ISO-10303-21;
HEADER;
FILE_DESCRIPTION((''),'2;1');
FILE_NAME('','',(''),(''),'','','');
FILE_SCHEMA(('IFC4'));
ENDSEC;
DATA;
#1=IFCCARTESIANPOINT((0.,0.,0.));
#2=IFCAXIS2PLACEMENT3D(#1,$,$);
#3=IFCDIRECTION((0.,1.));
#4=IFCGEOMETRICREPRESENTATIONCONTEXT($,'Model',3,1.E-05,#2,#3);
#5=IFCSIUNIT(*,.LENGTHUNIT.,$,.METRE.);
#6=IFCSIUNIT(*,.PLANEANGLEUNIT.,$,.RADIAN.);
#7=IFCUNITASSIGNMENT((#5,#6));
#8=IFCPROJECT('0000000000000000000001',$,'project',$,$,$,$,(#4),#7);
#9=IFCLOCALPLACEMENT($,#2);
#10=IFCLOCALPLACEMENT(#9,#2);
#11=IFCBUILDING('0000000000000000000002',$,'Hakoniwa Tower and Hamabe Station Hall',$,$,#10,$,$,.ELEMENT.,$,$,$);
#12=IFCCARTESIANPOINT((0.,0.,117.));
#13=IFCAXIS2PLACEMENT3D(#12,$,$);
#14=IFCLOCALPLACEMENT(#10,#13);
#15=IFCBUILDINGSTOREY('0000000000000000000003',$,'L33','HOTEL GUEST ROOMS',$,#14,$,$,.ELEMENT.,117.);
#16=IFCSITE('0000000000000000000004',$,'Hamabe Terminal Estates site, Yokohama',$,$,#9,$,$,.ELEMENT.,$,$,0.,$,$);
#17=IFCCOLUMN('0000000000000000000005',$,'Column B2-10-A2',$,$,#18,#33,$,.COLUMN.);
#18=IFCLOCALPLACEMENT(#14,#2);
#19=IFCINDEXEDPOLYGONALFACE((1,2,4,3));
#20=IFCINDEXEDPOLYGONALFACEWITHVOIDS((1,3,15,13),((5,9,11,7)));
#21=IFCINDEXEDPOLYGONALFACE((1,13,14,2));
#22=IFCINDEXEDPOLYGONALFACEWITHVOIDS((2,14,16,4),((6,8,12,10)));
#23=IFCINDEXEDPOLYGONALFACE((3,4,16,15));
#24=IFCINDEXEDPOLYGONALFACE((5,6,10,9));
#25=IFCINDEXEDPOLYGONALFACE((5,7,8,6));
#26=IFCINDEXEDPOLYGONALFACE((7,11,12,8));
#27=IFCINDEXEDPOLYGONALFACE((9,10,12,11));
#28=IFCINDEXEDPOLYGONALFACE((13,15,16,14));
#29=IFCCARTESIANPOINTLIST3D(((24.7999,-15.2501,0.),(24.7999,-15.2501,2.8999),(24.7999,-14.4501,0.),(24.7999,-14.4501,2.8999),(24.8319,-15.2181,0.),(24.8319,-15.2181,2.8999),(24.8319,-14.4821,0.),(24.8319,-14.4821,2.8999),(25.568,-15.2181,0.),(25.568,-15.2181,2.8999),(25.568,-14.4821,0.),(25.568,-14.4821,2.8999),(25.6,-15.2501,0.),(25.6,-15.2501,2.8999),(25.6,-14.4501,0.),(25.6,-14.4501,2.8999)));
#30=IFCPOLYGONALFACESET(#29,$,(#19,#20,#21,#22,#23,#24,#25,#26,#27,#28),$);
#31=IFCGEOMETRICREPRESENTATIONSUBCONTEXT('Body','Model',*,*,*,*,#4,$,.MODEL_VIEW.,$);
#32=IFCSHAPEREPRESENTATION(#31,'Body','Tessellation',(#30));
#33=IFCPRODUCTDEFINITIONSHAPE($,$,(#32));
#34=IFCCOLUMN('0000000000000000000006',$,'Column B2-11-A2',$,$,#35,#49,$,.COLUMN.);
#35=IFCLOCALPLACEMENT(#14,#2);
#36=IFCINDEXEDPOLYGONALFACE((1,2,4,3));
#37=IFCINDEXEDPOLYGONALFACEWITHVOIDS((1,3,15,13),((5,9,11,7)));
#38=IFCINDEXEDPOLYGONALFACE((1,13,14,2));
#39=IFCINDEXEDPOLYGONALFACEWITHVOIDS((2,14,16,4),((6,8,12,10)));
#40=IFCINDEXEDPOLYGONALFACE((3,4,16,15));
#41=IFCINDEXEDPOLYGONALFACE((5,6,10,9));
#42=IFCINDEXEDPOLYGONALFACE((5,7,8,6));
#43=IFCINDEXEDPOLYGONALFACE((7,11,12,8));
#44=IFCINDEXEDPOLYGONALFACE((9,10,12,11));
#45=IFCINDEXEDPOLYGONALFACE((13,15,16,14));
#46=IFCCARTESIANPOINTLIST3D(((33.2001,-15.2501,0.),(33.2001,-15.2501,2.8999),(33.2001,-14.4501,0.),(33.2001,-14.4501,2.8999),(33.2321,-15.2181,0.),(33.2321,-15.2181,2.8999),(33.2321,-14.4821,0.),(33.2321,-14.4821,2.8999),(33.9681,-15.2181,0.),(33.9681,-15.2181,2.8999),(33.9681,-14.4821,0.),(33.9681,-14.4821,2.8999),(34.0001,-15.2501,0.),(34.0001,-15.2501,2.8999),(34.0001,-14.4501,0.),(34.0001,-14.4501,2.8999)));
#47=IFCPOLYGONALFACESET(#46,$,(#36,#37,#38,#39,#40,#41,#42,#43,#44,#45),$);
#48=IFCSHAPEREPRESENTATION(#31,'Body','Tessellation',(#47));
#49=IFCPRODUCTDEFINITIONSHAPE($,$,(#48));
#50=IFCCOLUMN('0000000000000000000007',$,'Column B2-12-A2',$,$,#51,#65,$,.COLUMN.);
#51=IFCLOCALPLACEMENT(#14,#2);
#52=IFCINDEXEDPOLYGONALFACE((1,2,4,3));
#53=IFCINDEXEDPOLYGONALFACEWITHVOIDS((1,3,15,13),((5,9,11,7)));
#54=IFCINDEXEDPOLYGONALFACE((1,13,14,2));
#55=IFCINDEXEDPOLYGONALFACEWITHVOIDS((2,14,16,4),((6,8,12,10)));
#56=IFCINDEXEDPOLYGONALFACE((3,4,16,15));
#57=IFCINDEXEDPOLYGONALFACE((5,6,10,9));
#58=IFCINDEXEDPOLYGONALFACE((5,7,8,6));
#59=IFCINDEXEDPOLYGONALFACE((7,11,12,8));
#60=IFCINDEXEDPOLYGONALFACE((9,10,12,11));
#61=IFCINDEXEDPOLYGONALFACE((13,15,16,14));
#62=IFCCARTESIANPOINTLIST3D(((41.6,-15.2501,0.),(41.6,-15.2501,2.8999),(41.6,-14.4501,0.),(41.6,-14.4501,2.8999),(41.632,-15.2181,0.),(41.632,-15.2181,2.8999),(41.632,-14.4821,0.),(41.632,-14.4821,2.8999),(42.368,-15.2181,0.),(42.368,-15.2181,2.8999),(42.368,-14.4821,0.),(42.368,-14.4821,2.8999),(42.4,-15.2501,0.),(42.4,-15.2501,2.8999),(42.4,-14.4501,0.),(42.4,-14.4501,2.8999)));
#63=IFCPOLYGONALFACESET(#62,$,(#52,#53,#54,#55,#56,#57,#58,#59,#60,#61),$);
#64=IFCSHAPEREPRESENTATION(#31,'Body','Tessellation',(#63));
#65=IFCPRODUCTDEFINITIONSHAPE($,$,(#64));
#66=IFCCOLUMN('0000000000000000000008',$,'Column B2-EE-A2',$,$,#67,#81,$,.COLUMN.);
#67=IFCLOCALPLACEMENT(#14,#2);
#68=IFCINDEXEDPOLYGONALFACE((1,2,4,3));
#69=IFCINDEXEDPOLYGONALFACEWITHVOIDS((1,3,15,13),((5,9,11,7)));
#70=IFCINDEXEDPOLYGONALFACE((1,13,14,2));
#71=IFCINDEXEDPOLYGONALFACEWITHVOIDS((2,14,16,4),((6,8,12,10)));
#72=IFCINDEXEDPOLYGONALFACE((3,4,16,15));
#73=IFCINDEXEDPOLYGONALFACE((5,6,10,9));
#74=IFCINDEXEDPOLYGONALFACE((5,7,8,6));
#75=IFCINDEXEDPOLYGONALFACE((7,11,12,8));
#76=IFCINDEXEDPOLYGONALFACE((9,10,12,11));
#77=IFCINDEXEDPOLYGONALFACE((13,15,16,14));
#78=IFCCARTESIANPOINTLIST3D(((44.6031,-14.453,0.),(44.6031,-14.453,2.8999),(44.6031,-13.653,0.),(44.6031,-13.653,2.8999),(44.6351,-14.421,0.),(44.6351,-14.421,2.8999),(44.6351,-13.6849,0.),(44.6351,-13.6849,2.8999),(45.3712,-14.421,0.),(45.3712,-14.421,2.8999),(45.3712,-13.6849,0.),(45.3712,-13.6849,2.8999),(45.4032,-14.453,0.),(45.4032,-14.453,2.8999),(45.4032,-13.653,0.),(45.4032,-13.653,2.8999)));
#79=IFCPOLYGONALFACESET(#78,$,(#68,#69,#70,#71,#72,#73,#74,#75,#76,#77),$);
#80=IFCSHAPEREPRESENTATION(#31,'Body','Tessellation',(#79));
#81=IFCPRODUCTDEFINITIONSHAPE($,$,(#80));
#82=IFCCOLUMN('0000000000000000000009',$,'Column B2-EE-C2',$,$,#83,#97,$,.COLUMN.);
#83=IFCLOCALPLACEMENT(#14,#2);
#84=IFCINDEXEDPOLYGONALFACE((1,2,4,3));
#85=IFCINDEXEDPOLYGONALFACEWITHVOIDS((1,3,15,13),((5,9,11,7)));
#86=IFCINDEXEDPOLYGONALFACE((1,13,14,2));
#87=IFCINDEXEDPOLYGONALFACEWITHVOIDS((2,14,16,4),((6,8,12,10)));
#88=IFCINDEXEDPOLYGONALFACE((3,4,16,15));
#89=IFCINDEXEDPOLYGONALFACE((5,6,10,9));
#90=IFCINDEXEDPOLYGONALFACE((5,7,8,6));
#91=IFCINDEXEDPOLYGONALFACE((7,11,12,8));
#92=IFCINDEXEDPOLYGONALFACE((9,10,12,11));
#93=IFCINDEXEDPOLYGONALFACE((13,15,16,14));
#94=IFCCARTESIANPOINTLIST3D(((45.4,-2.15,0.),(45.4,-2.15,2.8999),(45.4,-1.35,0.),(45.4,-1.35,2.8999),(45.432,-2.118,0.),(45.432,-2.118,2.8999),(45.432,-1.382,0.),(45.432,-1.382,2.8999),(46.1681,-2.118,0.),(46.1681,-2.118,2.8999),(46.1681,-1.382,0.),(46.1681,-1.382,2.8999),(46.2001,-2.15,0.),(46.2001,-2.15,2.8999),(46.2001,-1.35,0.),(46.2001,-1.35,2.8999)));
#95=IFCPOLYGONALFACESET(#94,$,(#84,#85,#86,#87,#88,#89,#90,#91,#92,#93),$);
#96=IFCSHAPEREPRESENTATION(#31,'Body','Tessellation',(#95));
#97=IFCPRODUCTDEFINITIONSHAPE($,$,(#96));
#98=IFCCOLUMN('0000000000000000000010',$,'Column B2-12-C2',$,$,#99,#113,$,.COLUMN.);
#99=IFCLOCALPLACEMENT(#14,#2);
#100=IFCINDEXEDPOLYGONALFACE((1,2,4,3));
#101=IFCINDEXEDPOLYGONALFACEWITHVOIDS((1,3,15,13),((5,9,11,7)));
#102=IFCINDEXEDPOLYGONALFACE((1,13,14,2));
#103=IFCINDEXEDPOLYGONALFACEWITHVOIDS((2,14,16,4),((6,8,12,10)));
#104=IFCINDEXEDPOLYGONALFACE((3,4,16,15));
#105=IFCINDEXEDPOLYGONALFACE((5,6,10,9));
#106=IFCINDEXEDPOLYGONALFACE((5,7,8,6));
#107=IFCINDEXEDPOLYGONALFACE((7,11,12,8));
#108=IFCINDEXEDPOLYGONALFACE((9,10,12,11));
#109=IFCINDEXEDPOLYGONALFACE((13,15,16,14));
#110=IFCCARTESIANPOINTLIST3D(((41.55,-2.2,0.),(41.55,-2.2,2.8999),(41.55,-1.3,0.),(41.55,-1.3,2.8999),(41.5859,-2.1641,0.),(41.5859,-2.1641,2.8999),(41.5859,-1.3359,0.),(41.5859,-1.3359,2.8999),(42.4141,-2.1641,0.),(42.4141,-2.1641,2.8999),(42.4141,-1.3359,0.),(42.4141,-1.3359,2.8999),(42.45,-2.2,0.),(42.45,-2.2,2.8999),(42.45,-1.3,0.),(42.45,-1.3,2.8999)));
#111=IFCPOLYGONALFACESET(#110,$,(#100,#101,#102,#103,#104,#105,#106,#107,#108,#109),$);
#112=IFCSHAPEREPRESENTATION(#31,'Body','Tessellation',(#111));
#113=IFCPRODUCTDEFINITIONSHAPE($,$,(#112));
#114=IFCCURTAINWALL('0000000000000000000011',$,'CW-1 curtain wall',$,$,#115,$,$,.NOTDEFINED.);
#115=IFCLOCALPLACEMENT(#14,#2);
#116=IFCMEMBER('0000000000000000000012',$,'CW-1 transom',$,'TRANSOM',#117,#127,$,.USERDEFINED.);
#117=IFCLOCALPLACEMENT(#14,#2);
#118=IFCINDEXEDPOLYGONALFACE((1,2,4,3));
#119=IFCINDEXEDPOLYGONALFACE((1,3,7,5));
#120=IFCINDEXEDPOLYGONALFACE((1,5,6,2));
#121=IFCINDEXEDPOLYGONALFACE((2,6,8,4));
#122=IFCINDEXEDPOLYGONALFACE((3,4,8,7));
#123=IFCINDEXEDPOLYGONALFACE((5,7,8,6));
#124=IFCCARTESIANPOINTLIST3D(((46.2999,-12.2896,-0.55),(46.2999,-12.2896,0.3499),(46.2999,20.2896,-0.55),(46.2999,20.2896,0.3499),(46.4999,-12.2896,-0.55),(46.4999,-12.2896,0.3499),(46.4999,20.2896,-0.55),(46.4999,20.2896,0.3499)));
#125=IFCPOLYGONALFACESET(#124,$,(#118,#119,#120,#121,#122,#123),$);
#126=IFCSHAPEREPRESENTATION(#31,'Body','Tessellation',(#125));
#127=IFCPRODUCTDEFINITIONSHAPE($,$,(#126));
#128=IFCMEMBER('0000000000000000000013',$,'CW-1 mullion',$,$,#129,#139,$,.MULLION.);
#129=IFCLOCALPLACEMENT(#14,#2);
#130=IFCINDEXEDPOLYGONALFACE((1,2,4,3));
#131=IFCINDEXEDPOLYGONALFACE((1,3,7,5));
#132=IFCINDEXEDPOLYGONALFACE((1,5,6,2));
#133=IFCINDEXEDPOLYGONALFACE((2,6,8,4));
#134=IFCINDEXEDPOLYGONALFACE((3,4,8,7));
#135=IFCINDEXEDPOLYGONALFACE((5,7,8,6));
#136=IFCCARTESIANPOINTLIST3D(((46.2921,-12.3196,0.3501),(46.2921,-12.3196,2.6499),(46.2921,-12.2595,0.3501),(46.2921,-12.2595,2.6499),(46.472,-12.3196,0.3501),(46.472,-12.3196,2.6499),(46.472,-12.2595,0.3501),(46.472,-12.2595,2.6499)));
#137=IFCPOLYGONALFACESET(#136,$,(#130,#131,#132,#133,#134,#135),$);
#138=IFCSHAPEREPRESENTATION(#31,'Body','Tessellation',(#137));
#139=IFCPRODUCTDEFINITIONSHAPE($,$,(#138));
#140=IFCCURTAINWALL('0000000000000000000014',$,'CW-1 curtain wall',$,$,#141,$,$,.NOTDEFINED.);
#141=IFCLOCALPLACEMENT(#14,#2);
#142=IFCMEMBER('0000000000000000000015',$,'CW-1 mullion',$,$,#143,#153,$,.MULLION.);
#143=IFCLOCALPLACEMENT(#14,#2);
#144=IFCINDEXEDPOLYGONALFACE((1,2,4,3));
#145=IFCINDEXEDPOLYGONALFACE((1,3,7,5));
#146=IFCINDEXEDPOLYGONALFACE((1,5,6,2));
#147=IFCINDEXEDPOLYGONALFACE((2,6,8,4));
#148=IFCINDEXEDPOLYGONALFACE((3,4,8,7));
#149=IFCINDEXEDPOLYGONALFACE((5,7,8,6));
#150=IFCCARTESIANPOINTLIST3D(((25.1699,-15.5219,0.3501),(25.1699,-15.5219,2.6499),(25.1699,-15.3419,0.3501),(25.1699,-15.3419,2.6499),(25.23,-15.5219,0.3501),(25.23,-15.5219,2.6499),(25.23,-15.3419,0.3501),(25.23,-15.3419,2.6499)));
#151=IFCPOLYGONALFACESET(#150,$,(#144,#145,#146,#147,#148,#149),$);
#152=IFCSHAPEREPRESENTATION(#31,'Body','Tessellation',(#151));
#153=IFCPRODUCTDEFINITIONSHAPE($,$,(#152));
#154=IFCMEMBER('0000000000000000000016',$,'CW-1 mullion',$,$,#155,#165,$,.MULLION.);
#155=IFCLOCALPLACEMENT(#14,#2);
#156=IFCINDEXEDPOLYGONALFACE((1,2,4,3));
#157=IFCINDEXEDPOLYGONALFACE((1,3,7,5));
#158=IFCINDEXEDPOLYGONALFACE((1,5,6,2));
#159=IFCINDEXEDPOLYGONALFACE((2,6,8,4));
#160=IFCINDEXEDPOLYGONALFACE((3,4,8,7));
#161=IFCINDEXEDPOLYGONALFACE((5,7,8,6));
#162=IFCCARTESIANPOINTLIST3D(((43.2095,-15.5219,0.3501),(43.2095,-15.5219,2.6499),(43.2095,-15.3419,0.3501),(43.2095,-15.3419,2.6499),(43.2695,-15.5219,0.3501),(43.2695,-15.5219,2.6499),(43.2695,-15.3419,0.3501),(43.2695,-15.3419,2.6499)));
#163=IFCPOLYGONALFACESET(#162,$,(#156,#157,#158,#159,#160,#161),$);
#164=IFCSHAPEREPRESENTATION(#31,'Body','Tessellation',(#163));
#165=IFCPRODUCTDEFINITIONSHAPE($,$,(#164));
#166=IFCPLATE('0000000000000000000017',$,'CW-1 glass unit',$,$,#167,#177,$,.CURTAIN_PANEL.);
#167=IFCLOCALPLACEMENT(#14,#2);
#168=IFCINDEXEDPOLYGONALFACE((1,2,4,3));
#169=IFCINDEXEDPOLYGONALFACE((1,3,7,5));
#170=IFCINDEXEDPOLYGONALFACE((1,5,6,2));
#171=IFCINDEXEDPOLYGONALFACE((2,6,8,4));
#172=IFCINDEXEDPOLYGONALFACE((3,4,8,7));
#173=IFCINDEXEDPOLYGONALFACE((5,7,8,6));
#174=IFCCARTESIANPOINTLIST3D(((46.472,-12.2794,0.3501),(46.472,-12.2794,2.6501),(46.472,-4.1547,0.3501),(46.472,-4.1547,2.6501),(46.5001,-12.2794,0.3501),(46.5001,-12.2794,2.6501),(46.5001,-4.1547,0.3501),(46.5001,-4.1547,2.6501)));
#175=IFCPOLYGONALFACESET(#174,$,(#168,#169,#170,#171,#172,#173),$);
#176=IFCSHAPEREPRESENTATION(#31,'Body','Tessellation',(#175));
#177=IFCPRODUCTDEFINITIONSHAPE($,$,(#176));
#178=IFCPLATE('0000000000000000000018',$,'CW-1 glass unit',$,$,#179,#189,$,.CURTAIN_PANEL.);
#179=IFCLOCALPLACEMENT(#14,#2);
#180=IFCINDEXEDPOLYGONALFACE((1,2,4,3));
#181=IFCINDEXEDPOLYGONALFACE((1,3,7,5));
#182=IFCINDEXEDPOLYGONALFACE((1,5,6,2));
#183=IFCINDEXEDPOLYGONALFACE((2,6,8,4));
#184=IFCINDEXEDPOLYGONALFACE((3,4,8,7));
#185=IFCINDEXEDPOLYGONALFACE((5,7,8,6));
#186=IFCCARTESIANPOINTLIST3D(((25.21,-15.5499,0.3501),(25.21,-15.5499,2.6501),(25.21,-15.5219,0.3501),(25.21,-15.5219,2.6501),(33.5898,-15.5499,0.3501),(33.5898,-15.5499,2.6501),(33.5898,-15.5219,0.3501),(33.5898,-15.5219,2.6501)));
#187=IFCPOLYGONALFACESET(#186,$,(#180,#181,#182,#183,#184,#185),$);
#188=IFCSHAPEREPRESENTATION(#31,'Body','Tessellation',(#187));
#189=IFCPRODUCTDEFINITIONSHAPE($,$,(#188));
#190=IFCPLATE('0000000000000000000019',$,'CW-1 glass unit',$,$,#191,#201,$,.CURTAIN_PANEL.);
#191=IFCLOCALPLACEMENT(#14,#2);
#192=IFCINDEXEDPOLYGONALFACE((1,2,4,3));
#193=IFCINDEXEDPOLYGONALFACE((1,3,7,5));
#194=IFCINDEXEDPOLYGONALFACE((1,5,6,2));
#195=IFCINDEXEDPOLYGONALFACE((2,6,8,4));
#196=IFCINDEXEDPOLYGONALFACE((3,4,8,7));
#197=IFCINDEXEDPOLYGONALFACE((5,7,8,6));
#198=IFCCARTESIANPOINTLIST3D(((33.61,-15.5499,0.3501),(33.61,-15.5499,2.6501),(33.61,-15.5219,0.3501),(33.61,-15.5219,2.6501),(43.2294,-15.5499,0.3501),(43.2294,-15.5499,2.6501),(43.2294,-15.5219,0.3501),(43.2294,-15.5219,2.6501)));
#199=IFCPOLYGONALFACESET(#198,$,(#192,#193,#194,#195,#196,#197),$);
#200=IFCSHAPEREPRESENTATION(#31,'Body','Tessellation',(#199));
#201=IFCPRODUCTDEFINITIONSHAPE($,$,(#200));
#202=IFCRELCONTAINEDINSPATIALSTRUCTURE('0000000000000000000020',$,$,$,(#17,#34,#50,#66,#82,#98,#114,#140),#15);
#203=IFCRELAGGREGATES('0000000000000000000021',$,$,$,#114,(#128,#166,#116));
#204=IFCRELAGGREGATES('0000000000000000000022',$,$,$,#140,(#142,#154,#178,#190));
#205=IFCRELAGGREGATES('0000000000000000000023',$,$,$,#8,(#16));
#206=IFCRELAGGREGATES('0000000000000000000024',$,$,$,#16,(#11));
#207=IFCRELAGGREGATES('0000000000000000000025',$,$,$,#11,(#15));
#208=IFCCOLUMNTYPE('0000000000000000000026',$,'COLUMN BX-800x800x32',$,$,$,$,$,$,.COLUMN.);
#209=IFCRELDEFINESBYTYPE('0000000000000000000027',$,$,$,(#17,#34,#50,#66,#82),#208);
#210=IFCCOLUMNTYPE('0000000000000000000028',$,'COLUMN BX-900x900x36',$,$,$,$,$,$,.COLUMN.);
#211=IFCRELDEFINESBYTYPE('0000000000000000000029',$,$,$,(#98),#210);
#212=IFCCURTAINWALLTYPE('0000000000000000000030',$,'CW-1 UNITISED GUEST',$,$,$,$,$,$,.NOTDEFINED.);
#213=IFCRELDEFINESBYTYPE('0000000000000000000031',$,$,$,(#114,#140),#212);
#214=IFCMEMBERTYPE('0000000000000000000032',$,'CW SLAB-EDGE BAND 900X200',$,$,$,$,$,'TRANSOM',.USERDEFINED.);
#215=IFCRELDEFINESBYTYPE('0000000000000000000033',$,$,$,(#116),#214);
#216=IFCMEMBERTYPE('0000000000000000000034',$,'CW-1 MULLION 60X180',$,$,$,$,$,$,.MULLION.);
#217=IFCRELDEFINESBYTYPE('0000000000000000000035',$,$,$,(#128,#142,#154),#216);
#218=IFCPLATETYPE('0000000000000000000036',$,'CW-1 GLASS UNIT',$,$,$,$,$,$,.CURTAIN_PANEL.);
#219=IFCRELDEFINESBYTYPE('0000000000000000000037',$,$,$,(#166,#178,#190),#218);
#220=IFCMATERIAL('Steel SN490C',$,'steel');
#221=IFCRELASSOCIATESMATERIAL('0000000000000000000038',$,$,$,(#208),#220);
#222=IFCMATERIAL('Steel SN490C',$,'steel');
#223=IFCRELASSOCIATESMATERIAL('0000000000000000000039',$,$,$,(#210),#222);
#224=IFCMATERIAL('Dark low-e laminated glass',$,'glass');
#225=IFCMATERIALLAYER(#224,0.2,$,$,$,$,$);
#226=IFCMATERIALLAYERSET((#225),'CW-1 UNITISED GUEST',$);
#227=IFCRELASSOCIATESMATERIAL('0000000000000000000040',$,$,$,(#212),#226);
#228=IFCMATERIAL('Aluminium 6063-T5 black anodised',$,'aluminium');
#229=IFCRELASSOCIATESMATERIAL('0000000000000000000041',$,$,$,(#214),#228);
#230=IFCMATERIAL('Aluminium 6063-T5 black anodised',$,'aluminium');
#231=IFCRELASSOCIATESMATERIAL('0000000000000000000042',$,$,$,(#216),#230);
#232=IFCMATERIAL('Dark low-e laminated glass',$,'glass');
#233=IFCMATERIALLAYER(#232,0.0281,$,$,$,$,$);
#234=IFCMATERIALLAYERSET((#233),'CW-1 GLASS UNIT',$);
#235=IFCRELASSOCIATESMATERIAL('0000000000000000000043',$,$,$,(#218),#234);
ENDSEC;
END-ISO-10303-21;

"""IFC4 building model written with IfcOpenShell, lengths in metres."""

from ifc_helpers import new_model, si_unit, direction, frame, origin, origin_2d, place, context, subcontext, project, spatial, rectangle, hollow_rectangle, extrude, material, layer, layer_set, material_profile, profile_set, type_object, element, aggregate, save


model = new_model("IFC4")

# Units and contexts
model_context = context("Model", 3, precision=1e-05, world=origin(), true_north=direction((0.0, 1.0)))
body_context = subcontext(model_context, "Body", "Model", "MODEL_VIEW")
ifc_project = project(units=[si_unit("LENGTHUNIT", "METRE"), si_unit("PLANEANGLEUNIT", "RADIAN")], contexts=[model_context])

# Site, building, storey
site_placement = place(None, origin())
site = spatial("IfcSite", under=ifc_project, at=site_placement, Name="Hamabe Terminal Estates site, Yokohama", CompositionType="ELEMENT", RefElevation=0.0)
building_placement = place(site_placement, origin())
building = spatial("IfcBuilding", under=site, at=building_placement, Name="Hakoniwa Tower and Hamabe Station Hall", CompositionType="ELEMENT")
storey_placement = place(building_placement, frame((0.0, 0.0, 117.0)))
storey = spatial("IfcBuildingStorey", under=building, at=storey_placement, Name="L33", Description="HOTEL GUEST ROOMS", CompositionType="ELEMENT", Elevation=117.0)

# Columns
ifc_material_1 = material(Name="Steel SN490C", Category="steel")
ifc_material_profile_1 = material_profile(ifc_material_1, hollow_rectangle(XDim=0.8, YDim=0.8, WallThickness=0.032, at=origin_2d()), Name="BX-800x800x32")
ifc_profile_set_1 = profile_set([ifc_material_profile_1], Name="Steel SN490C")
column_type_1 = type_object("IfcColumnType", Name="COLUMN BX-800x800x32", PredefinedType="COLUMN", material=ifc_profile_set_1)
for number, where, z_axis, x_axis, name in (
    (1, (25.2, -14.8501, 0.0), (0.0, 0.0, 1.0), (1.0, 0.0, 0.0), "Column B2-10-A2"),
    (2, (33.6001, -14.8501, 0.0), (0.0, 0.0, 1.0), (1.0, 0.0, 0.0), "Column B2-11-A2"),
    (3, (42.0, -14.8501, 0.0), (0.0, 0.0, 1.0), (1.0, 0.0, 0.0), "Column B2-12-A2"),
    (4, (45.0032, -14.053, 0.0), (0.0, 0.0, 1.0), (1.0, 0.0, 0.0), "Column B2-EE-A2"),
    (5, (45.8, -1.75, 0.0), (0.0, 0.0, 1.0), (1.0, 0.0, 0.0), "Column B2-EE-C2"),
):
    element("IfcColumn", number, at=place(storey_placement, frame(where, z_axis=z_axis, x_axis=x_axis)), inside=storey, type_object=column_type_1, Name=name, PredefinedType="COLUMN", context=body_context, shape_type="SweptSolid", body=[
        extrude(hollow_rectangle(XDim=0.8, YDim=0.8, WallThickness=0.032, at=origin_2d()), origin(), (0.0, 0.0, 1.0), 2.8999),
    ])
ifc_material_2 = material(Name="Steel SN490C", Category="steel")
ifc_material_profile_2 = material_profile(ifc_material_2, hollow_rectangle(XDim=0.8999, YDim=0.8999, WallThickness=0.0359, at=origin_2d()), Name="BX-900x900x36")
ifc_profile_set_2 = profile_set([ifc_material_profile_2], Name="Steel SN490C")
column_type_2 = type_object("IfcColumnType", Name="COLUMN BX-900x900x36", PredefinedType="COLUMN", material=ifc_profile_set_2)
column_placement = place(storey_placement, frame((42.0, -1.75, 0.0), z_axis=(0.0, 0.0, 1.0), x_axis=(1.0, 0.0, 0.0)))
element("IfcColumn", 6, at=column_placement, inside=storey, type_object=column_type_2, Name="Column B2-12-C2", PredefinedType="COLUMN", context=body_context, shape_type="SweptSolid", body=[
    extrude(hollow_rectangle(XDim=0.8999, YDim=0.8999, WallThickness=0.0359, at=origin_2d()), origin(), (0.0, 0.0, 1.0), 2.8999),
])

# Curtain walls, members
ifc_material_3 = material(Name="Dark low-e laminated glass", Category="glass")
ifc_layer_1 = layer(ifc_material_3, 0.2)
ifc_layer_set_1 = layer_set([ifc_layer_1], Name="CW-1 UNITISED GUEST")
curtain_wall_type = type_object("IfcCurtainWallType", Name="CW-1 UNITISED GUEST", PredefinedType="NOTDEFINED", material=ifc_layer_set_1)
curtain_wall_1_placement = place(storey_placement, origin())
curtain_wall_1 = element("IfcCurtainWall", 7, at=curtain_wall_1_placement, inside=storey, type_object=curtain_wall_type, Name="CW-1 curtain wall", PredefinedType="NOTDEFINED")
ifc_material_4 = material(Name="Aluminium 6063-T5 black anodised", Category="aluminium")
ifc_material_profile_3 = material_profile(ifc_material_4, rectangle(XDim=0.2, YDim=0.8999, at=origin_2d()), Name="CW SLAB-EDGE BAND 900X200")
ifc_profile_set_3 = profile_set([ifc_material_profile_3], Name="Aluminium 6063-T5 black anodised")
member_type_1 = type_object("IfcMemberType", Name="CW SLAB-EDGE BAND 900X200", ElementType="TRANSOM", PredefinedType="USERDEFINED", material=ifc_profile_set_3)
member_1_placement = place(storey_placement, frame((46.3999, -12.2896, -0.1001), z_axis=(0.0, 1.0, 0.0), x_axis=(-1.0, 0.0, 0.0)))
member_1 = element("IfcMember", 8, at=member_1_placement, type_object=member_type_1, Name="CW-1 transom", ObjectType="TRANSOM", PredefinedType="USERDEFINED", context=body_context, shape_type="SweptSolid", body=[
    extrude(rectangle(XDim=0.2, YDim=0.8999, at=origin_2d()), origin(), (0.0, 0.0, 1.0), 32.5791),
])
ifc_material_5 = material(Name="Aluminium 6063-T5 black anodised", Category="aluminium")
ifc_material_profile_4 = material_profile(ifc_material_5, rectangle(XDim=0.0601, YDim=0.1799, at=origin_2d()), Name="CW-1 MULLION 60X180")
ifc_profile_set_4 = profile_set([ifc_material_profile_4], Name="Aluminium 6063-T5 black anodised")
member_type_2 = type_object("IfcMemberType", Name="CW-1 MULLION 60X180", PredefinedType="MULLION", material=ifc_profile_set_4)
member_2_placement = place(storey_placement, frame((46.3821, -12.2896, 0.3501), z_axis=(0.0, 0.0, 1.0), x_axis=(0.0, 1.0, 0.0)))
member_2 = element("IfcMember", 9, at=member_2_placement, type_object=member_type_2, Name="CW-1 mullion", PredefinedType="MULLION", context=body_context, shape_type="SweptSolid", body=[
    extrude(rectangle(XDim=0.0601, YDim=0.1799, at=origin_2d()), origin(), (0.0, 0.0, 1.0), 2.2998),
])
curtain_wall_2_placement = place(storey_placement, origin())
curtain_wall_2 = element("IfcCurtainWall", 10, at=curtain_wall_2_placement, inside=storey, type_object=curtain_wall_type, Name="CW-1 curtain wall", PredefinedType="NOTDEFINED")
member_3_placement = place(storey_placement, frame((25.2, -15.4319, 0.3501), z_axis=(0.0, 0.0, 1.0), x_axis=(1.0, 0.0, 0.0)))
member_3 = element("IfcMember", 11, at=member_3_placement, type_object=member_type_2, Name="CW-1 mullion", PredefinedType="MULLION", context=body_context, shape_type="SweptSolid", body=[
    extrude(rectangle(XDim=0.0601, YDim=0.1799, at=origin_2d()), origin(), (0.0, 0.0, 1.0), 2.2998),
])
member_4_placement = place(storey_placement, frame((43.2395, -15.4319, 0.3501), z_axis=(0.0, 0.0, 1.0), x_axis=(1.0, 0.0, 0.0)))
member_4 = element("IfcMember", 12, at=member_4_placement, type_object=member_type_2, Name="CW-1 mullion", PredefinedType="MULLION", context=body_context, shape_type="SweptSolid", body=[
    extrude(rectangle(XDim=0.0601, YDim=0.1799, at=origin_2d()), origin(), (0.0, 0.0, 1.0), 2.2998),
])

# Plates
ifc_material_6 = material(Name="Dark low-e laminated glass", Category="glass")
ifc_layer_2 = layer(ifc_material_6, 0.0281)
ifc_layer_set_2 = layer_set([ifc_layer_2], Name="CW-1 GLASS UNIT")
plate_type = type_object("IfcPlateType", Name="CW-1 GLASS UNIT", PredefinedType="CURTAIN_PANEL", material=ifc_layer_set_2)
plate_1_placement = place(storey_placement, frame((46.4861, -8.217, 0.3501), z_axis=(0.0, 0.0, 1.0), x_axis=(0.0, 1.0, 0.0)))
plate_1 = element("IfcPlate", 13, at=plate_1_placement, type_object=plate_type, Name="CW-1 glass unit", PredefinedType="CURTAIN_PANEL", context=body_context, shape_type="SweptSolid", body=[
    extrude(rectangle(XDim=8.1248, YDim=0.0281, at=origin_2d()), origin(), (0.0, 0.0, 1.0), 2.3),
])
aggregate(curtain_wall_1, [member_2, plate_1, member_1])
plate_2_placement = place(storey_placement, frame((29.3999, -15.5359, 0.3501), z_axis=(0.0, 0.0, 1.0), x_axis=(1.0, 0.0, 0.0)))
plate_2 = element("IfcPlate", 14, at=plate_2_placement, type_object=plate_type, Name="CW-1 glass unit", PredefinedType="CURTAIN_PANEL", context=body_context, shape_type="SweptSolid", body=[
    extrude(rectangle(XDim=8.3799, YDim=0.0281, at=origin_2d()), origin(), (0.0, 0.0, 1.0), 2.3),
])
plate_3_placement = place(storey_placement, frame((38.4197, -15.5359, 0.3501), z_axis=(0.0, 0.0, 1.0), x_axis=(1.0, 0.0, 0.0)))
plate_3 = element("IfcPlate", 15, at=plate_3_placement, type_object=plate_type, Name="CW-1 glass unit", PredefinedType="CURTAIN_PANEL", context=body_context, shape_type="SweptSolid", body=[
    extrude(rectangle(XDim=9.6194, YDim=0.0281, at=origin_2d()), origin(), (0.0, 0.0, 1.0), 2.3),
])
aggregate(curtain_wall_2, [member_3, member_4, plate_2, plate_3])

save(model, "model.ifc")
